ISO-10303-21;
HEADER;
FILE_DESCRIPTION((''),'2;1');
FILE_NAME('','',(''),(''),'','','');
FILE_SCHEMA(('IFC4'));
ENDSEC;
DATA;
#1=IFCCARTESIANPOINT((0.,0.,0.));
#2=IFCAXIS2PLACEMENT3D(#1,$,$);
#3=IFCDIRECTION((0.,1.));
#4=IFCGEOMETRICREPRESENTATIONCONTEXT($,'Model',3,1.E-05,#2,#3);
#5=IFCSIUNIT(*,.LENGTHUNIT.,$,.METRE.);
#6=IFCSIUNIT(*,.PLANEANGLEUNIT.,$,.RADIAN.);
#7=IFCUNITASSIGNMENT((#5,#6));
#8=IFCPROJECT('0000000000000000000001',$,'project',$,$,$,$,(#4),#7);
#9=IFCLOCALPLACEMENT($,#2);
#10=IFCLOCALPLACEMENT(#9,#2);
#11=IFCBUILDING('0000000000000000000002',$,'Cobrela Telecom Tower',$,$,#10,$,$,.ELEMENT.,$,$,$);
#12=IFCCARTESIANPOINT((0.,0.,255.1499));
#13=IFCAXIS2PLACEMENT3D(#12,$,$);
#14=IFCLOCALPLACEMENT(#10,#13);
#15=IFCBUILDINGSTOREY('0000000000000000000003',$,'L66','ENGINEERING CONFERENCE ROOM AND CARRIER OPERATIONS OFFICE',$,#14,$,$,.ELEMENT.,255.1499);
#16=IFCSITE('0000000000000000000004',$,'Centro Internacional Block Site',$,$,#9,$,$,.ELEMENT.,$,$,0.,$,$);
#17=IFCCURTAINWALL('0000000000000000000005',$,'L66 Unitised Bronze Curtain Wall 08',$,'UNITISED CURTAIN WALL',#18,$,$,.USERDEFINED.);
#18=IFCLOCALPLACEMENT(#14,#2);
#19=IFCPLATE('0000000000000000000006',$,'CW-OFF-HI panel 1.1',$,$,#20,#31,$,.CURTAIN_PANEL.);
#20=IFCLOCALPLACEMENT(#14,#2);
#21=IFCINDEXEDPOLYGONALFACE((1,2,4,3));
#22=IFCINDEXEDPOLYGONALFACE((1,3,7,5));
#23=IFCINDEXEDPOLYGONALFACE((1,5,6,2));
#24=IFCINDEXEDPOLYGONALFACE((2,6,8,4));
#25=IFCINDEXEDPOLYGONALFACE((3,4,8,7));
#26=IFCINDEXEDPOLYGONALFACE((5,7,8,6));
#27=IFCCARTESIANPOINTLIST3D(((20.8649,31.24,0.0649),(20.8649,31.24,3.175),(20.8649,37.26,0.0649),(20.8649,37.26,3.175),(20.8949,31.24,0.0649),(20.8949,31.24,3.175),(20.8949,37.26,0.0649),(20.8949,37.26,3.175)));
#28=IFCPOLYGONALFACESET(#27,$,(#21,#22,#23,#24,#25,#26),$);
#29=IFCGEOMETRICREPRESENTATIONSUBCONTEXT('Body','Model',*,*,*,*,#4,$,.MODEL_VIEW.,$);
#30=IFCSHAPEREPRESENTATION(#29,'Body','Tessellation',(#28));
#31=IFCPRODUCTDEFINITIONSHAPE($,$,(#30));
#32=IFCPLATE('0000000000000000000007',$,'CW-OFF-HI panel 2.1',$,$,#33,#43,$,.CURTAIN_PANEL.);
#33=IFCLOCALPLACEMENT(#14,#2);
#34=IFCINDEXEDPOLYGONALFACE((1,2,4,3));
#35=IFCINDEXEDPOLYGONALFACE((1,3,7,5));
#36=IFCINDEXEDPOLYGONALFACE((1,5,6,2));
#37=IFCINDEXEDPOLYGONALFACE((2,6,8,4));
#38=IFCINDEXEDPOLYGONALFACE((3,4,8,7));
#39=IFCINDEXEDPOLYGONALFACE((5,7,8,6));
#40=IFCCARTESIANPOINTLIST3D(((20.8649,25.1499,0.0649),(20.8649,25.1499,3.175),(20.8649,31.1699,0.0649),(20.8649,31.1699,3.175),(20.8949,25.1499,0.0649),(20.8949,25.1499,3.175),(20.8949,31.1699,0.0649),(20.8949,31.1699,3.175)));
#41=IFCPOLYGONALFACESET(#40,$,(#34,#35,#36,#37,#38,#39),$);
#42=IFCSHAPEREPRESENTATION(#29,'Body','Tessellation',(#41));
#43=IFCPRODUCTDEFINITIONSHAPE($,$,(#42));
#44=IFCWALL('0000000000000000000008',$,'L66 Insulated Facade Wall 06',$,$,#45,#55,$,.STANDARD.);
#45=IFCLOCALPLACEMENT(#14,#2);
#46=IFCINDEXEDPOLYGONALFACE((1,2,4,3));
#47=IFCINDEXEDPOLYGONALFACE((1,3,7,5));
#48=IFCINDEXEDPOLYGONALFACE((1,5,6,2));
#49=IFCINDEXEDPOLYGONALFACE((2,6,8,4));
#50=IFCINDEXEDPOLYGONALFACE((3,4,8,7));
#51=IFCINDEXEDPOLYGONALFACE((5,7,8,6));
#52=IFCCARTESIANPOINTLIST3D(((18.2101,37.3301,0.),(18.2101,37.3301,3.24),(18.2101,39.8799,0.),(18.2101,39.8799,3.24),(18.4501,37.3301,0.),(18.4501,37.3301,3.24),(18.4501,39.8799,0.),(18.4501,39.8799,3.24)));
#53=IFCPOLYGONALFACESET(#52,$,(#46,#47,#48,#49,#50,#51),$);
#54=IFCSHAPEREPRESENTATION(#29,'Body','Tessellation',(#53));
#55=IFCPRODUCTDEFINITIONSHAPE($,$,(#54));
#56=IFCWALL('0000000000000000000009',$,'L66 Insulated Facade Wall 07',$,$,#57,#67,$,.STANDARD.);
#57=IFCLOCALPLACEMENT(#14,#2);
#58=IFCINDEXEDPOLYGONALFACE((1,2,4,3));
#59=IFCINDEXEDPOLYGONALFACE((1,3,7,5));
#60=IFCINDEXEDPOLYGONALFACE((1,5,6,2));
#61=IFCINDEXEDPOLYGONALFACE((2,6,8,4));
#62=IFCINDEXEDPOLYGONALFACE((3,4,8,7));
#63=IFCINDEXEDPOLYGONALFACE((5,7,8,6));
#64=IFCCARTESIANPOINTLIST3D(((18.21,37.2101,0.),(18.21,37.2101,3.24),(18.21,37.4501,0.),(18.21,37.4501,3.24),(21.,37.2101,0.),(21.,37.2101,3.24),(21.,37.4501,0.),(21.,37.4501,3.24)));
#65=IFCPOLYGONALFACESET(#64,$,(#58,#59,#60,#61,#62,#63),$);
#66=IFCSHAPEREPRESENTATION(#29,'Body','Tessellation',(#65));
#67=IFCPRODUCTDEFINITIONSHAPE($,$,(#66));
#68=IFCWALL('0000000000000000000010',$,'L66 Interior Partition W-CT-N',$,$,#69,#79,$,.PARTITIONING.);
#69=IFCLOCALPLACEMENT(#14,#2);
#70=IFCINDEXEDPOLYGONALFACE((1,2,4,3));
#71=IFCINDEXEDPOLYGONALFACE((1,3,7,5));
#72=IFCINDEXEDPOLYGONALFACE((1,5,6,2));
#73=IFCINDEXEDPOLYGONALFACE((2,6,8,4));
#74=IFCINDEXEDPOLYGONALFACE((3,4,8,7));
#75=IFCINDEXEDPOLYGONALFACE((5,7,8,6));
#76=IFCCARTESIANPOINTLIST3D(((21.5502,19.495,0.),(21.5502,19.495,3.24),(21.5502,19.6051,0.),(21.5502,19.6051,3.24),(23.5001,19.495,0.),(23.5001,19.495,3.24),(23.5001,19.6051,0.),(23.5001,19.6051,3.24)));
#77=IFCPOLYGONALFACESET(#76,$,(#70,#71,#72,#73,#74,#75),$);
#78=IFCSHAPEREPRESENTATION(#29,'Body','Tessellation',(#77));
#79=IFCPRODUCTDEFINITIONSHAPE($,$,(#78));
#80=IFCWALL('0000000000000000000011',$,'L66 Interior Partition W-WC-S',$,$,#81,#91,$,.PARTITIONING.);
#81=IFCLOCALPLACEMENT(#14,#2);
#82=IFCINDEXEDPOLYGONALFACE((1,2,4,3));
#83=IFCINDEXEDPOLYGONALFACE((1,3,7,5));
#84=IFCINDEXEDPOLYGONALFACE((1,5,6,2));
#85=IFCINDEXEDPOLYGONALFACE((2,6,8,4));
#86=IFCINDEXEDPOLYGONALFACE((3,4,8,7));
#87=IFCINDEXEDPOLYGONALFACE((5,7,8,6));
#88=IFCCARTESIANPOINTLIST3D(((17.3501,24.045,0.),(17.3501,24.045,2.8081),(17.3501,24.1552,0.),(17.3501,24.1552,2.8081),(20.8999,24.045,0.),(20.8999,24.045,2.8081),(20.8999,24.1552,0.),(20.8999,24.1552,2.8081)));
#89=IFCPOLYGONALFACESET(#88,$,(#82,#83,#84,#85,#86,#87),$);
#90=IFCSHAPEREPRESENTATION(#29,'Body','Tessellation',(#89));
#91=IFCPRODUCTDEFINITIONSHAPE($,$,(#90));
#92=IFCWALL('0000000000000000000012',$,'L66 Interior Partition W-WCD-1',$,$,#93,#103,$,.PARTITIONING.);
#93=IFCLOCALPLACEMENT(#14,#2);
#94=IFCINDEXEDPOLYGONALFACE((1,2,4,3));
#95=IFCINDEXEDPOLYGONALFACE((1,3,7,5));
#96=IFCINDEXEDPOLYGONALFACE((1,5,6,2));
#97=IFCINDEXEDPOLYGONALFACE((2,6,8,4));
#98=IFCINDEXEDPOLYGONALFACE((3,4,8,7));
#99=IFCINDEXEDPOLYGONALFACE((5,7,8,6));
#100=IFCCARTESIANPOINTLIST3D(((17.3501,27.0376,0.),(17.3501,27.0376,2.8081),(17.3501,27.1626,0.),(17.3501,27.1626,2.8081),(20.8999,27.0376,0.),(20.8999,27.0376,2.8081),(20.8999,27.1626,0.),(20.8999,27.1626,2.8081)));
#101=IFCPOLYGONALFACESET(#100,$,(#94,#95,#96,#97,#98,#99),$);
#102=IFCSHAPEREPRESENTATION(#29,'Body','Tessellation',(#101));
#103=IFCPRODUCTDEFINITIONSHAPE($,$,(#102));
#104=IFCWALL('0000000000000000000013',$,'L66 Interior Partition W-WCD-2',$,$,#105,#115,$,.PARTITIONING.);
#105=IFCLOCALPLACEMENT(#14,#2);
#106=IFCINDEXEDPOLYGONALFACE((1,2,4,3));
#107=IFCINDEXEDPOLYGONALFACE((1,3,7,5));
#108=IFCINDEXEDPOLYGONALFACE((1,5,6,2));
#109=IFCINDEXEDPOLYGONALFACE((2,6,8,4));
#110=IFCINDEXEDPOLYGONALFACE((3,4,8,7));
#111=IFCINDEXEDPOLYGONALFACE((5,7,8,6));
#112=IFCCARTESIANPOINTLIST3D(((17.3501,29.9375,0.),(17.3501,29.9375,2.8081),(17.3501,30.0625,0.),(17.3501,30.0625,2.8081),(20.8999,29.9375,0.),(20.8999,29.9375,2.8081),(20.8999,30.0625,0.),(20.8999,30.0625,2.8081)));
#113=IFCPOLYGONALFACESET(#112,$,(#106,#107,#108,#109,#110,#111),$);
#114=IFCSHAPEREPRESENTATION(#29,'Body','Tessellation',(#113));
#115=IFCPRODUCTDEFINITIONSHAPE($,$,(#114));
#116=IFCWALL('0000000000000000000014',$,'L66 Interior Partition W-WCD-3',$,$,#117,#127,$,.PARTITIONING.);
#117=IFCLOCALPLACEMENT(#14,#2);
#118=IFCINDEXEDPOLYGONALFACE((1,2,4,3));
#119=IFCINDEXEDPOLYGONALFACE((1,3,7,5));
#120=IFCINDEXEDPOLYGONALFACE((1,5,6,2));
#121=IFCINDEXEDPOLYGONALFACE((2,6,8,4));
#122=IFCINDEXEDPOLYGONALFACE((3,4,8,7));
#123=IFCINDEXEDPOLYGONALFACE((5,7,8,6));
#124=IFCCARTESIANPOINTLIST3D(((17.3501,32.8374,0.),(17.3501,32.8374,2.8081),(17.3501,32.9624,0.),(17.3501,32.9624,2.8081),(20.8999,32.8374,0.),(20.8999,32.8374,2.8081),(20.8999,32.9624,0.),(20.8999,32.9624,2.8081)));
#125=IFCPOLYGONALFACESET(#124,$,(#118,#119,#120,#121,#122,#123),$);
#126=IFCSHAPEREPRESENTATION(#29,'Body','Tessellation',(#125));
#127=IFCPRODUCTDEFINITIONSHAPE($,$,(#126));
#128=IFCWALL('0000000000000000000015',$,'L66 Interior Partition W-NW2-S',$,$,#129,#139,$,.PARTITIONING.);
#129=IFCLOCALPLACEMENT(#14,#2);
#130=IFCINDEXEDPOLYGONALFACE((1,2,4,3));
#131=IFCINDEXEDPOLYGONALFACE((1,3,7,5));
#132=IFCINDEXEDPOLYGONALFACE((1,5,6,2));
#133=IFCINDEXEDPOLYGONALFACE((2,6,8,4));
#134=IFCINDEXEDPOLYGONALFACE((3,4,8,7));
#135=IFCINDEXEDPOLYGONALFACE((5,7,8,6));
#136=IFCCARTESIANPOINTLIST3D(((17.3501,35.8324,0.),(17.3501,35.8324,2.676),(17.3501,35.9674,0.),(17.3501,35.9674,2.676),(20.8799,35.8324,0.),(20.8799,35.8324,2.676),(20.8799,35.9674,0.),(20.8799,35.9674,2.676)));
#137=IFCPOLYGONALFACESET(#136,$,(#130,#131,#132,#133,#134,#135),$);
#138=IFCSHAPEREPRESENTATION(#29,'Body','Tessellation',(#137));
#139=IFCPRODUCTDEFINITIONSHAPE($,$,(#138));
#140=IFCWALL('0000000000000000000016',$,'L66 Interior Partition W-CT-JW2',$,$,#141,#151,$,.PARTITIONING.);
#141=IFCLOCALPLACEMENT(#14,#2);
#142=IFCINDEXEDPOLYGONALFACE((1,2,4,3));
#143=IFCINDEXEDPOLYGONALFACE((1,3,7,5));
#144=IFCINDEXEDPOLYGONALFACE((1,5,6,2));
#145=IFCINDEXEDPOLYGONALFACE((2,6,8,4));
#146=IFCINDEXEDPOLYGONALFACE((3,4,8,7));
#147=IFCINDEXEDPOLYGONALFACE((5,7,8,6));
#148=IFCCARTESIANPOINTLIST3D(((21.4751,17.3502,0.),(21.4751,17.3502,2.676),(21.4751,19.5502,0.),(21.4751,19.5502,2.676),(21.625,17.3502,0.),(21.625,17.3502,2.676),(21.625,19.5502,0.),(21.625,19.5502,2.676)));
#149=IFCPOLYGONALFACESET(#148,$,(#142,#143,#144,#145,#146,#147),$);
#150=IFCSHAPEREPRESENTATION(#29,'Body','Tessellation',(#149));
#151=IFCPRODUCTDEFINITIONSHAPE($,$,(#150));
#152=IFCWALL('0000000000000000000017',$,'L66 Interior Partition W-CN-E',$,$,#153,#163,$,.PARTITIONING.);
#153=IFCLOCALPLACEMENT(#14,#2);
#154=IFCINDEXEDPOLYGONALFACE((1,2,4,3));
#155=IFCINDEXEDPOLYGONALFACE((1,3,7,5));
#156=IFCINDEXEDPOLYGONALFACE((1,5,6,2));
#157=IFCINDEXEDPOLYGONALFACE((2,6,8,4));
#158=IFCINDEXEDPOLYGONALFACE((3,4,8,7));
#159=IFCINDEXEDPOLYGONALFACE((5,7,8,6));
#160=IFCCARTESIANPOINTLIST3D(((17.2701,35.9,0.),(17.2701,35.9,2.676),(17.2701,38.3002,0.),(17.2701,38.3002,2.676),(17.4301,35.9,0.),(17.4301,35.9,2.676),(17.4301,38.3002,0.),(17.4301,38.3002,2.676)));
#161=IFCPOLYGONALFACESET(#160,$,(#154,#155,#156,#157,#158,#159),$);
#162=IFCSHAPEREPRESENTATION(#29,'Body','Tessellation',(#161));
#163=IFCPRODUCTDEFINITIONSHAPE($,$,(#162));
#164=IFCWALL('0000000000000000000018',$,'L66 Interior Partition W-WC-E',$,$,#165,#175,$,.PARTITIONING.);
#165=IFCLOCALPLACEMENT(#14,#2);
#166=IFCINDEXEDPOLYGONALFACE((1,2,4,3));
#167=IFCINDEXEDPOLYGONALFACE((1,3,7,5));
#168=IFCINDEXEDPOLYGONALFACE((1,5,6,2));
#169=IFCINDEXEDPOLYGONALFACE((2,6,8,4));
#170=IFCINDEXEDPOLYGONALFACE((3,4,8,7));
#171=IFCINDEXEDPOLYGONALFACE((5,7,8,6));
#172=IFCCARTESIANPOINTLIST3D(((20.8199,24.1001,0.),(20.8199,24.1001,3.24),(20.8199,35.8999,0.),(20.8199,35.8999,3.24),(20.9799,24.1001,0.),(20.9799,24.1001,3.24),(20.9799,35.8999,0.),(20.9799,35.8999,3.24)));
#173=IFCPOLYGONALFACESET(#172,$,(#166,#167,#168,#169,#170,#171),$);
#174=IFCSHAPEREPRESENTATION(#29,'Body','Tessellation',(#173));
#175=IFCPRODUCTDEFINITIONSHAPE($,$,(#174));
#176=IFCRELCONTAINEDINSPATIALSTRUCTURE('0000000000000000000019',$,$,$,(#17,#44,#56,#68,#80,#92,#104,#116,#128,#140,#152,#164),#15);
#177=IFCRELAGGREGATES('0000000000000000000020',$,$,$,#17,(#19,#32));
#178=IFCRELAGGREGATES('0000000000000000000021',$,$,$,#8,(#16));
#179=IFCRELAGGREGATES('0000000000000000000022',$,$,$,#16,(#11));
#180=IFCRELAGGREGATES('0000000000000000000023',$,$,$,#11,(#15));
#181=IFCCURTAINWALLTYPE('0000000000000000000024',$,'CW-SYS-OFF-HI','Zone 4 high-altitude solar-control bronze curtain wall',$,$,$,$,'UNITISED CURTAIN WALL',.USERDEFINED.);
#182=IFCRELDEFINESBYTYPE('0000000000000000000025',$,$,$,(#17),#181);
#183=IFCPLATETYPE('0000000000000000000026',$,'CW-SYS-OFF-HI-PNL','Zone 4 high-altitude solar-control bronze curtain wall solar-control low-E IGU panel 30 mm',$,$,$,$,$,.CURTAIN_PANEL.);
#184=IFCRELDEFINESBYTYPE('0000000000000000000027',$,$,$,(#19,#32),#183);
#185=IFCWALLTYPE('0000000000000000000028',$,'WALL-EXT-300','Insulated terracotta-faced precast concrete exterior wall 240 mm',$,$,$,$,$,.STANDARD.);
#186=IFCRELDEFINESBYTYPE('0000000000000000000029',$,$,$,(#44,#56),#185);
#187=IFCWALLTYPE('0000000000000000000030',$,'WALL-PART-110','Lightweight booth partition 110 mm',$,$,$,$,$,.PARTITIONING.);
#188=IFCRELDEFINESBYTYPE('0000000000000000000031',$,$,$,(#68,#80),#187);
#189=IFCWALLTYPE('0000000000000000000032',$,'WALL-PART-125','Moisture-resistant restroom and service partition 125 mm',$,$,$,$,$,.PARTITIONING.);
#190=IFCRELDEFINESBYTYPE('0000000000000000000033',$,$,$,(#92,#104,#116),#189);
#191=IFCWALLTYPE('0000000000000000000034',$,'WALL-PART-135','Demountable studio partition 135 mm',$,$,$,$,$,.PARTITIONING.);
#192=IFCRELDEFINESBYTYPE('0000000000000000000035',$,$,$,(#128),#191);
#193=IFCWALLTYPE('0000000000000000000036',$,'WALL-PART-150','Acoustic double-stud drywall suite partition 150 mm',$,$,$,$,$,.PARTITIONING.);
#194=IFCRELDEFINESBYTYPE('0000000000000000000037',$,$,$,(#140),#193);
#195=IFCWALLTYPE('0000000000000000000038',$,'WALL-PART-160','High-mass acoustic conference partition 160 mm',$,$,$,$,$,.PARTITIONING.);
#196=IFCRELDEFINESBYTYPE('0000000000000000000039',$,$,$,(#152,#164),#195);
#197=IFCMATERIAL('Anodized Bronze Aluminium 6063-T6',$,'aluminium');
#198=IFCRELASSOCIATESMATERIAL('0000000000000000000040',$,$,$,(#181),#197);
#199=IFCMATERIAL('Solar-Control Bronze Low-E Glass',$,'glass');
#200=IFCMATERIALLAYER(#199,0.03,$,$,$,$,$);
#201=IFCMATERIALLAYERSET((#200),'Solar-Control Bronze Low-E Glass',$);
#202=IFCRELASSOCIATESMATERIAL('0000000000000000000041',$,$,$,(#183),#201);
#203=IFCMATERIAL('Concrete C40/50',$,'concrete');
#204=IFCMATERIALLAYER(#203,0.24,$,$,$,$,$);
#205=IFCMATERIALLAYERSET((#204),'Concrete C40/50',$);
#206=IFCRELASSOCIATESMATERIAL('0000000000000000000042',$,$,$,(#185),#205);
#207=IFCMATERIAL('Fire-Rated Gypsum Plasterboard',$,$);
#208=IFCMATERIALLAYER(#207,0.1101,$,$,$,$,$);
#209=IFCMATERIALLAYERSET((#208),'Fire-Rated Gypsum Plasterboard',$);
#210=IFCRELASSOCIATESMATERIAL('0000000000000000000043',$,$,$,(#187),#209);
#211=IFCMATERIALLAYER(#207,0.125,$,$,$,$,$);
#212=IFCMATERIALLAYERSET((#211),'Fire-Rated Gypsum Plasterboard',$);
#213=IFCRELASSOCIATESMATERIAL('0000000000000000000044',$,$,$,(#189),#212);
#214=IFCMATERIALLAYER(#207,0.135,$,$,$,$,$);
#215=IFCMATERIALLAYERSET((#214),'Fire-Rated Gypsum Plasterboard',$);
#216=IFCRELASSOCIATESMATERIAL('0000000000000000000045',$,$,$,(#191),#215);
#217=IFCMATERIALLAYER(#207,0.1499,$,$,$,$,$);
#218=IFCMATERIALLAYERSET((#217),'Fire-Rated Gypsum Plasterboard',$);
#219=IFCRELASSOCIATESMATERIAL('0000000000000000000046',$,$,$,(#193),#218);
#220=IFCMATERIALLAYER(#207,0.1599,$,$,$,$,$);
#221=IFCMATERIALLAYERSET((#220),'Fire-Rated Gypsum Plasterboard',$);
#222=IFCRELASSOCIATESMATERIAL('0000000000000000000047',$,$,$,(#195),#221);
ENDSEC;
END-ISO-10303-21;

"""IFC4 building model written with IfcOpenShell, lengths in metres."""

from ifc_helpers import new_model, si_unit, direction, frame, frame_2d, origin, origin_2d, place, context, subcontext, project, spatial, rectangle, extrude, material, layer, layer_set, type_object, element, aggregate, save


model = new_model("IFC4")

# Units and contexts
model_context = context("Model", 3, precision=1e-05, world=origin(), true_north=direction((0.0, 1.0)))
body_context = subcontext(model_context, "Body", "Model", "MODEL_VIEW")
ifc_project = project(units=[si_unit("LENGTHUNIT", "METRE"), si_unit("PLANEANGLEUNIT", "RADIAN")], contexts=[model_context])

# Site, building, storey
site_placement = place(None, origin())
site = spatial("IfcSite", under=ifc_project, at=site_placement, Name="Centro Internacional Block Site", CompositionType="ELEMENT", RefElevation=0.0)
building_placement = place(site_placement, origin())
building = spatial("IfcBuilding", under=site, at=building_placement, Name="Cobrela Telecom Tower", CompositionType="ELEMENT")
storey_placement = place(building_placement, frame((0.0, 0.0, 255.1499)))
storey = spatial("IfcBuildingStorey", under=building, at=storey_placement, Name="L66", Description="ENGINEERING CONFERENCE ROOM AND CARRIER OPERATIONS OFFICE", CompositionType="ELEMENT", Elevation=255.1499)

# Shared definitions
ifc_material_1 = material(Name="Anodized Bronze Aluminium 6063-T6", Category="aluminium")
curtain_wall_type = type_object("IfcCurtainWallType", Name="CW-SYS-OFF-HI", Description="Zone 4 high-altitude solar-control bronze curtain wall", ElementType="UNITISED CURTAIN WALL", PredefinedType="USERDEFINED", material=ifc_material_1)

# Curtain wall
curtain_wall_1_placement = place(storey_placement, origin())
curtain_wall_1 = element("IfcCurtainWall", 1, at=curtain_wall_1_placement, inside=storey, type_object=curtain_wall_type, Name="L66 Unitised Bronze Curtain Wall 08", ObjectType="UNITISED CURTAIN WALL", PredefinedType="USERDEFINED")

# Plates
ifc_material_2 = material(Name="Solar-Control Bronze Low-E Glass", Category="glass")
ifc_layer_1 = layer(ifc_material_2, 0.03)
ifc_layer_set_1 = layer_set([ifc_layer_1], Name="Solar-Control Bronze Low-E Glass")
plate_type = type_object("IfcPlateType", Name="CW-SYS-OFF-HI-PNL", Description="Zone 4 high-altitude solar-control bronze curtain wall solar-control low-E IGU panel 30 mm", PredefinedType="CURTAIN_PANEL", material=ifc_layer_set_1)
plate_1_placement = place(storey_placement, frame((20.8799, 34.25, 0.0649), z_axis=(0.0, 0.0, 1.0), x_axis=(0.0, -1.0, 0.0)))
plate_1 = element("IfcPlate", 2, at=plate_1_placement, type_object=plate_type, Name="CW-OFF-HI panel 1.1", PredefinedType="CURTAIN_PANEL", context=body_context, shape_type="SweptSolid", body=[
    extrude(rectangle(XDim=6.02, YDim=0.03, at=origin_2d()), origin(), (0.0, 0.0, 1.0), 3.1101),
])
plate_2_placement = place(storey_placement, frame((20.8799, 28.1599, 0.0649), z_axis=(0.0, 0.0, 1.0), x_axis=(0.0, -1.0, 0.0)))
plate_2 = element("IfcPlate", 3, at=plate_2_placement, type_object=plate_type, Name="CW-OFF-HI panel 2.1", PredefinedType="CURTAIN_PANEL", context=body_context, shape_type="SweptSolid", body=[
    extrude(rectangle(XDim=6.02, YDim=0.03, at=origin_2d()), origin(), (0.0, 0.0, 1.0), 3.1101),
])
aggregate(curtain_wall_1, [plate_1, plate_2])

# Walls
ifc_material_3 = material(Name="Concrete C40/50", Category="concrete")
ifc_layer_2 = layer(ifc_material_3, 0.24)
ifc_layer_set_2 = layer_set([ifc_layer_2], Name="Concrete C40/50")
wall_type_1 = type_object("IfcWallType", Name="WALL-EXT-300", Description="Insulated terracotta-faced precast concrete exterior wall 240 mm", PredefinedType="STANDARD", material=ifc_layer_set_2)
wall_1_placement = place(storey_placement, frame((18.3301, 39.8799, 0.0), z_axis=(0.0, 0.0, 1.0), x_axis=(0.0, -1.0, 0.0)))
element("IfcWall", 4, at=wall_1_placement, inside=storey, type_object=wall_type_1, Name="L66 Insulated Facade Wall 06", PredefinedType="STANDARD", context=body_context, shape_type="SweptSolid", body=[
    extrude(rectangle(XDim=2.5498, YDim=0.24, at=frame_2d((1.2749, 0.0))), origin(), (0.0, 0.0, 1.0), 3.24),
])
wall_2_placement = place(storey_placement, frame((18.21, 37.3301, 0.0), z_axis=(0.0, 0.0, 1.0), x_axis=(1.0, 0.0, 0.0)))
element("IfcWall", 5, at=wall_2_placement, inside=storey, type_object=wall_type_1, Name="L66 Insulated Facade Wall 07", PredefinedType="STANDARD", context=body_context, shape_type="SweptSolid", body=[
    extrude(rectangle(XDim=2.79, YDim=0.24, at=frame_2d((1.395, 0.0))), origin(), (0.0, 0.0, 1.0), 3.24),
])
ifc_material_4 = material(Name="Fire-Rated Gypsum Plasterboard")
ifc_layer_3 = layer(ifc_material_4, 0.1101)
ifc_layer_set_3 = layer_set([ifc_layer_3], Name="Fire-Rated Gypsum Plasterboard")
wall_type_2 = type_object("IfcWallType", Name="WALL-PART-110", Description="Lightweight booth partition 110 mm", PredefinedType="PARTITIONING", material=ifc_layer_set_3)
wall_3_placement = place(storey_placement, frame((21.55, 19.55, 0.0), z_axis=(0.0, 0.0, 1.0), x_axis=(1.0, 0.0, 0.0)))
element("IfcWall", 6, at=wall_3_placement, inside=storey, type_object=wall_type_2, Name="L66 Interior Partition W-CT-N", PredefinedType="PARTITIONING", context=body_context, shape_type="SweptSolid", body=[
    extrude(rectangle(XDim=1.95, YDim=0.1101, at=frame_2d((0.9751, 0.0))), origin(), (0.0, 0.0, 1.0), 3.24),
])
wall_4_placement = place(storey_placement, frame((17.3501, 24.1001, 0.0), z_axis=(0.0, 0.0, 1.0), x_axis=(1.0, 0.0, 0.0)))
element("IfcWall", 7, at=wall_4_placement, inside=storey, type_object=wall_type_2, Name="L66 Interior Partition W-WC-S", PredefinedType="PARTITIONING", context=body_context, shape_type="SweptSolid", body=[
    extrude(rectangle(XDim=3.5498, YDim=0.1101, at=frame_2d((1.7749, 0.0))), origin(), (0.0, 0.0, 1.0), 2.8081),
])
ifc_layer_4 = layer(ifc_material_4, 0.125)
ifc_layer_set_4 = layer_set([ifc_layer_4], Name="Fire-Rated Gypsum Plasterboard")
wall_type_3 = type_object("IfcWallType", Name="WALL-PART-125", Description="Moisture-resistant restroom and service partition 125 mm", PredefinedType="PARTITIONING", material=ifc_layer_set_4)
for number, where, z_axis, x_axis, name in (
    (8, (17.3501, 27.1001, 0.0), (0.0, 0.0, 1.0), (1.0, 0.0, 0.0), "L66 Interior Partition W-WCD-1"),
    (9, (17.3501, 30.0, 0.0), (0.0, 0.0, 1.0), (1.0, 0.0, 0.0), "L66 Interior Partition W-WCD-2"),
    (10, (17.3501, 32.8999, 0.0), (0.0, 0.0, 1.0), (1.0, 0.0, 0.0), "L66 Interior Partition W-WCD-3"),
):
    element("IfcWall", number, at=place(storey_placement, frame(where, z_axis=z_axis, x_axis=x_axis)), inside=storey, type_object=wall_type_3, Name=name, PredefinedType="PARTITIONING", context=body_context, shape_type="SweptSolid", body=[
        extrude(rectangle(XDim=3.5498, YDim=0.125, at=frame_2d((1.7749, 0.0))), origin(), (0.0, 0.0, 1.0), 2.8081),
    ])
ifc_layer_5 = layer(ifc_material_4, 0.135)
ifc_layer_set_5 = layer_set([ifc_layer_5], Name="Fire-Rated Gypsum Plasterboard")
wall_type_4 = type_object("IfcWallType", Name="WALL-PART-135", Description="Demountable studio partition 135 mm", PredefinedType="PARTITIONING", material=ifc_layer_set_5)
wall_5_placement = place(storey_placement, frame((17.3501, 35.8999, 0.0), z_axis=(0.0, 0.0, 1.0), x_axis=(1.0, 0.0, 0.0)))
element("IfcWall", 11, at=wall_5_placement, inside=storey, type_object=wall_type_4, Name="L66 Interior Partition W-NW2-S", PredefinedType="PARTITIONING", context=body_context, shape_type="SweptSolid", body=[
    extrude(rectangle(XDim=3.5298, YDim=0.135, at=frame_2d((1.7649, 0.0))), origin(), (0.0, 0.0, 1.0), 2.676),
])
ifc_layer_6 = layer(ifc_material_4, 0.1499)
ifc_layer_set_6 = layer_set([ifc_layer_6], Name="Fire-Rated Gypsum Plasterboard")
wall_type_5 = type_object("IfcWallType", Name="WALL-PART-150", Description="Acoustic double-stud drywall suite partition 150 mm", PredefinedType="PARTITIONING", material=ifc_layer_set_6)
wall_6_placement = place(storey_placement, frame((21.55, 17.3501, 0.0), z_axis=(0.0, 0.0, 1.0), x_axis=(0.0, 1.0, 0.0)))
element("IfcWall", 12, at=wall_6_placement, inside=storey, type_object=wall_type_5, Name="L66 Interior Partition W-CT-JW2", PredefinedType="PARTITIONING", context=body_context, shape_type="SweptSolid", body=[
    extrude(rectangle(XDim=2.2, YDim=0.1499, at=frame_2d((1.1001, 0.0))), origin(), (0.0, 0.0, 1.0), 2.676),
])
ifc_layer_7 = layer(ifc_material_4, 0.1599)
ifc_layer_set_7 = layer_set([ifc_layer_7], Name="Fire-Rated Gypsum Plasterboard")
wall_type_6 = type_object("IfcWallType", Name="WALL-PART-160", Description="High-mass acoustic conference partition 160 mm", PredefinedType="PARTITIONING", material=ifc_layer_set_7)
wall_7_placement = place(storey_placement, frame((17.3501, 35.8999, 0.0), z_axis=(0.0, 0.0, 1.0), x_axis=(0.0, 1.0, 0.0)))
element("IfcWall", 13, at=wall_7_placement, inside=storey, type_object=wall_type_6, Name="L66 Interior Partition W-CN-E", PredefinedType="PARTITIONING", context=body_context, shape_type="SweptSolid", body=[
    extrude(rectangle(XDim=2.4001, YDim=0.1599, at=frame_2d((1.2002, 0.0))), origin(), (0.0, 0.0, 1.0), 2.676),
])
wall_8_placement = place(storey_placement, frame((20.8999, 24.1001, 0.0), z_axis=(0.0, 0.0, 1.0), x_axis=(0.0, 1.0, 0.0)))
element("IfcWall", 14, at=wall_8_placement, inside=storey, type_object=wall_type_6, Name="L66 Interior Partition W-WC-E", PredefinedType="PARTITIONING", context=body_context, shape_type="SweptSolid", body=[
    extrude(rectangle(XDim=11.7998, YDim=0.1599, at=frame_2d((5.8999, 0.0))), origin(), (0.0, 0.0, 1.0), 3.24),
])

save(model, "model.ifc")
